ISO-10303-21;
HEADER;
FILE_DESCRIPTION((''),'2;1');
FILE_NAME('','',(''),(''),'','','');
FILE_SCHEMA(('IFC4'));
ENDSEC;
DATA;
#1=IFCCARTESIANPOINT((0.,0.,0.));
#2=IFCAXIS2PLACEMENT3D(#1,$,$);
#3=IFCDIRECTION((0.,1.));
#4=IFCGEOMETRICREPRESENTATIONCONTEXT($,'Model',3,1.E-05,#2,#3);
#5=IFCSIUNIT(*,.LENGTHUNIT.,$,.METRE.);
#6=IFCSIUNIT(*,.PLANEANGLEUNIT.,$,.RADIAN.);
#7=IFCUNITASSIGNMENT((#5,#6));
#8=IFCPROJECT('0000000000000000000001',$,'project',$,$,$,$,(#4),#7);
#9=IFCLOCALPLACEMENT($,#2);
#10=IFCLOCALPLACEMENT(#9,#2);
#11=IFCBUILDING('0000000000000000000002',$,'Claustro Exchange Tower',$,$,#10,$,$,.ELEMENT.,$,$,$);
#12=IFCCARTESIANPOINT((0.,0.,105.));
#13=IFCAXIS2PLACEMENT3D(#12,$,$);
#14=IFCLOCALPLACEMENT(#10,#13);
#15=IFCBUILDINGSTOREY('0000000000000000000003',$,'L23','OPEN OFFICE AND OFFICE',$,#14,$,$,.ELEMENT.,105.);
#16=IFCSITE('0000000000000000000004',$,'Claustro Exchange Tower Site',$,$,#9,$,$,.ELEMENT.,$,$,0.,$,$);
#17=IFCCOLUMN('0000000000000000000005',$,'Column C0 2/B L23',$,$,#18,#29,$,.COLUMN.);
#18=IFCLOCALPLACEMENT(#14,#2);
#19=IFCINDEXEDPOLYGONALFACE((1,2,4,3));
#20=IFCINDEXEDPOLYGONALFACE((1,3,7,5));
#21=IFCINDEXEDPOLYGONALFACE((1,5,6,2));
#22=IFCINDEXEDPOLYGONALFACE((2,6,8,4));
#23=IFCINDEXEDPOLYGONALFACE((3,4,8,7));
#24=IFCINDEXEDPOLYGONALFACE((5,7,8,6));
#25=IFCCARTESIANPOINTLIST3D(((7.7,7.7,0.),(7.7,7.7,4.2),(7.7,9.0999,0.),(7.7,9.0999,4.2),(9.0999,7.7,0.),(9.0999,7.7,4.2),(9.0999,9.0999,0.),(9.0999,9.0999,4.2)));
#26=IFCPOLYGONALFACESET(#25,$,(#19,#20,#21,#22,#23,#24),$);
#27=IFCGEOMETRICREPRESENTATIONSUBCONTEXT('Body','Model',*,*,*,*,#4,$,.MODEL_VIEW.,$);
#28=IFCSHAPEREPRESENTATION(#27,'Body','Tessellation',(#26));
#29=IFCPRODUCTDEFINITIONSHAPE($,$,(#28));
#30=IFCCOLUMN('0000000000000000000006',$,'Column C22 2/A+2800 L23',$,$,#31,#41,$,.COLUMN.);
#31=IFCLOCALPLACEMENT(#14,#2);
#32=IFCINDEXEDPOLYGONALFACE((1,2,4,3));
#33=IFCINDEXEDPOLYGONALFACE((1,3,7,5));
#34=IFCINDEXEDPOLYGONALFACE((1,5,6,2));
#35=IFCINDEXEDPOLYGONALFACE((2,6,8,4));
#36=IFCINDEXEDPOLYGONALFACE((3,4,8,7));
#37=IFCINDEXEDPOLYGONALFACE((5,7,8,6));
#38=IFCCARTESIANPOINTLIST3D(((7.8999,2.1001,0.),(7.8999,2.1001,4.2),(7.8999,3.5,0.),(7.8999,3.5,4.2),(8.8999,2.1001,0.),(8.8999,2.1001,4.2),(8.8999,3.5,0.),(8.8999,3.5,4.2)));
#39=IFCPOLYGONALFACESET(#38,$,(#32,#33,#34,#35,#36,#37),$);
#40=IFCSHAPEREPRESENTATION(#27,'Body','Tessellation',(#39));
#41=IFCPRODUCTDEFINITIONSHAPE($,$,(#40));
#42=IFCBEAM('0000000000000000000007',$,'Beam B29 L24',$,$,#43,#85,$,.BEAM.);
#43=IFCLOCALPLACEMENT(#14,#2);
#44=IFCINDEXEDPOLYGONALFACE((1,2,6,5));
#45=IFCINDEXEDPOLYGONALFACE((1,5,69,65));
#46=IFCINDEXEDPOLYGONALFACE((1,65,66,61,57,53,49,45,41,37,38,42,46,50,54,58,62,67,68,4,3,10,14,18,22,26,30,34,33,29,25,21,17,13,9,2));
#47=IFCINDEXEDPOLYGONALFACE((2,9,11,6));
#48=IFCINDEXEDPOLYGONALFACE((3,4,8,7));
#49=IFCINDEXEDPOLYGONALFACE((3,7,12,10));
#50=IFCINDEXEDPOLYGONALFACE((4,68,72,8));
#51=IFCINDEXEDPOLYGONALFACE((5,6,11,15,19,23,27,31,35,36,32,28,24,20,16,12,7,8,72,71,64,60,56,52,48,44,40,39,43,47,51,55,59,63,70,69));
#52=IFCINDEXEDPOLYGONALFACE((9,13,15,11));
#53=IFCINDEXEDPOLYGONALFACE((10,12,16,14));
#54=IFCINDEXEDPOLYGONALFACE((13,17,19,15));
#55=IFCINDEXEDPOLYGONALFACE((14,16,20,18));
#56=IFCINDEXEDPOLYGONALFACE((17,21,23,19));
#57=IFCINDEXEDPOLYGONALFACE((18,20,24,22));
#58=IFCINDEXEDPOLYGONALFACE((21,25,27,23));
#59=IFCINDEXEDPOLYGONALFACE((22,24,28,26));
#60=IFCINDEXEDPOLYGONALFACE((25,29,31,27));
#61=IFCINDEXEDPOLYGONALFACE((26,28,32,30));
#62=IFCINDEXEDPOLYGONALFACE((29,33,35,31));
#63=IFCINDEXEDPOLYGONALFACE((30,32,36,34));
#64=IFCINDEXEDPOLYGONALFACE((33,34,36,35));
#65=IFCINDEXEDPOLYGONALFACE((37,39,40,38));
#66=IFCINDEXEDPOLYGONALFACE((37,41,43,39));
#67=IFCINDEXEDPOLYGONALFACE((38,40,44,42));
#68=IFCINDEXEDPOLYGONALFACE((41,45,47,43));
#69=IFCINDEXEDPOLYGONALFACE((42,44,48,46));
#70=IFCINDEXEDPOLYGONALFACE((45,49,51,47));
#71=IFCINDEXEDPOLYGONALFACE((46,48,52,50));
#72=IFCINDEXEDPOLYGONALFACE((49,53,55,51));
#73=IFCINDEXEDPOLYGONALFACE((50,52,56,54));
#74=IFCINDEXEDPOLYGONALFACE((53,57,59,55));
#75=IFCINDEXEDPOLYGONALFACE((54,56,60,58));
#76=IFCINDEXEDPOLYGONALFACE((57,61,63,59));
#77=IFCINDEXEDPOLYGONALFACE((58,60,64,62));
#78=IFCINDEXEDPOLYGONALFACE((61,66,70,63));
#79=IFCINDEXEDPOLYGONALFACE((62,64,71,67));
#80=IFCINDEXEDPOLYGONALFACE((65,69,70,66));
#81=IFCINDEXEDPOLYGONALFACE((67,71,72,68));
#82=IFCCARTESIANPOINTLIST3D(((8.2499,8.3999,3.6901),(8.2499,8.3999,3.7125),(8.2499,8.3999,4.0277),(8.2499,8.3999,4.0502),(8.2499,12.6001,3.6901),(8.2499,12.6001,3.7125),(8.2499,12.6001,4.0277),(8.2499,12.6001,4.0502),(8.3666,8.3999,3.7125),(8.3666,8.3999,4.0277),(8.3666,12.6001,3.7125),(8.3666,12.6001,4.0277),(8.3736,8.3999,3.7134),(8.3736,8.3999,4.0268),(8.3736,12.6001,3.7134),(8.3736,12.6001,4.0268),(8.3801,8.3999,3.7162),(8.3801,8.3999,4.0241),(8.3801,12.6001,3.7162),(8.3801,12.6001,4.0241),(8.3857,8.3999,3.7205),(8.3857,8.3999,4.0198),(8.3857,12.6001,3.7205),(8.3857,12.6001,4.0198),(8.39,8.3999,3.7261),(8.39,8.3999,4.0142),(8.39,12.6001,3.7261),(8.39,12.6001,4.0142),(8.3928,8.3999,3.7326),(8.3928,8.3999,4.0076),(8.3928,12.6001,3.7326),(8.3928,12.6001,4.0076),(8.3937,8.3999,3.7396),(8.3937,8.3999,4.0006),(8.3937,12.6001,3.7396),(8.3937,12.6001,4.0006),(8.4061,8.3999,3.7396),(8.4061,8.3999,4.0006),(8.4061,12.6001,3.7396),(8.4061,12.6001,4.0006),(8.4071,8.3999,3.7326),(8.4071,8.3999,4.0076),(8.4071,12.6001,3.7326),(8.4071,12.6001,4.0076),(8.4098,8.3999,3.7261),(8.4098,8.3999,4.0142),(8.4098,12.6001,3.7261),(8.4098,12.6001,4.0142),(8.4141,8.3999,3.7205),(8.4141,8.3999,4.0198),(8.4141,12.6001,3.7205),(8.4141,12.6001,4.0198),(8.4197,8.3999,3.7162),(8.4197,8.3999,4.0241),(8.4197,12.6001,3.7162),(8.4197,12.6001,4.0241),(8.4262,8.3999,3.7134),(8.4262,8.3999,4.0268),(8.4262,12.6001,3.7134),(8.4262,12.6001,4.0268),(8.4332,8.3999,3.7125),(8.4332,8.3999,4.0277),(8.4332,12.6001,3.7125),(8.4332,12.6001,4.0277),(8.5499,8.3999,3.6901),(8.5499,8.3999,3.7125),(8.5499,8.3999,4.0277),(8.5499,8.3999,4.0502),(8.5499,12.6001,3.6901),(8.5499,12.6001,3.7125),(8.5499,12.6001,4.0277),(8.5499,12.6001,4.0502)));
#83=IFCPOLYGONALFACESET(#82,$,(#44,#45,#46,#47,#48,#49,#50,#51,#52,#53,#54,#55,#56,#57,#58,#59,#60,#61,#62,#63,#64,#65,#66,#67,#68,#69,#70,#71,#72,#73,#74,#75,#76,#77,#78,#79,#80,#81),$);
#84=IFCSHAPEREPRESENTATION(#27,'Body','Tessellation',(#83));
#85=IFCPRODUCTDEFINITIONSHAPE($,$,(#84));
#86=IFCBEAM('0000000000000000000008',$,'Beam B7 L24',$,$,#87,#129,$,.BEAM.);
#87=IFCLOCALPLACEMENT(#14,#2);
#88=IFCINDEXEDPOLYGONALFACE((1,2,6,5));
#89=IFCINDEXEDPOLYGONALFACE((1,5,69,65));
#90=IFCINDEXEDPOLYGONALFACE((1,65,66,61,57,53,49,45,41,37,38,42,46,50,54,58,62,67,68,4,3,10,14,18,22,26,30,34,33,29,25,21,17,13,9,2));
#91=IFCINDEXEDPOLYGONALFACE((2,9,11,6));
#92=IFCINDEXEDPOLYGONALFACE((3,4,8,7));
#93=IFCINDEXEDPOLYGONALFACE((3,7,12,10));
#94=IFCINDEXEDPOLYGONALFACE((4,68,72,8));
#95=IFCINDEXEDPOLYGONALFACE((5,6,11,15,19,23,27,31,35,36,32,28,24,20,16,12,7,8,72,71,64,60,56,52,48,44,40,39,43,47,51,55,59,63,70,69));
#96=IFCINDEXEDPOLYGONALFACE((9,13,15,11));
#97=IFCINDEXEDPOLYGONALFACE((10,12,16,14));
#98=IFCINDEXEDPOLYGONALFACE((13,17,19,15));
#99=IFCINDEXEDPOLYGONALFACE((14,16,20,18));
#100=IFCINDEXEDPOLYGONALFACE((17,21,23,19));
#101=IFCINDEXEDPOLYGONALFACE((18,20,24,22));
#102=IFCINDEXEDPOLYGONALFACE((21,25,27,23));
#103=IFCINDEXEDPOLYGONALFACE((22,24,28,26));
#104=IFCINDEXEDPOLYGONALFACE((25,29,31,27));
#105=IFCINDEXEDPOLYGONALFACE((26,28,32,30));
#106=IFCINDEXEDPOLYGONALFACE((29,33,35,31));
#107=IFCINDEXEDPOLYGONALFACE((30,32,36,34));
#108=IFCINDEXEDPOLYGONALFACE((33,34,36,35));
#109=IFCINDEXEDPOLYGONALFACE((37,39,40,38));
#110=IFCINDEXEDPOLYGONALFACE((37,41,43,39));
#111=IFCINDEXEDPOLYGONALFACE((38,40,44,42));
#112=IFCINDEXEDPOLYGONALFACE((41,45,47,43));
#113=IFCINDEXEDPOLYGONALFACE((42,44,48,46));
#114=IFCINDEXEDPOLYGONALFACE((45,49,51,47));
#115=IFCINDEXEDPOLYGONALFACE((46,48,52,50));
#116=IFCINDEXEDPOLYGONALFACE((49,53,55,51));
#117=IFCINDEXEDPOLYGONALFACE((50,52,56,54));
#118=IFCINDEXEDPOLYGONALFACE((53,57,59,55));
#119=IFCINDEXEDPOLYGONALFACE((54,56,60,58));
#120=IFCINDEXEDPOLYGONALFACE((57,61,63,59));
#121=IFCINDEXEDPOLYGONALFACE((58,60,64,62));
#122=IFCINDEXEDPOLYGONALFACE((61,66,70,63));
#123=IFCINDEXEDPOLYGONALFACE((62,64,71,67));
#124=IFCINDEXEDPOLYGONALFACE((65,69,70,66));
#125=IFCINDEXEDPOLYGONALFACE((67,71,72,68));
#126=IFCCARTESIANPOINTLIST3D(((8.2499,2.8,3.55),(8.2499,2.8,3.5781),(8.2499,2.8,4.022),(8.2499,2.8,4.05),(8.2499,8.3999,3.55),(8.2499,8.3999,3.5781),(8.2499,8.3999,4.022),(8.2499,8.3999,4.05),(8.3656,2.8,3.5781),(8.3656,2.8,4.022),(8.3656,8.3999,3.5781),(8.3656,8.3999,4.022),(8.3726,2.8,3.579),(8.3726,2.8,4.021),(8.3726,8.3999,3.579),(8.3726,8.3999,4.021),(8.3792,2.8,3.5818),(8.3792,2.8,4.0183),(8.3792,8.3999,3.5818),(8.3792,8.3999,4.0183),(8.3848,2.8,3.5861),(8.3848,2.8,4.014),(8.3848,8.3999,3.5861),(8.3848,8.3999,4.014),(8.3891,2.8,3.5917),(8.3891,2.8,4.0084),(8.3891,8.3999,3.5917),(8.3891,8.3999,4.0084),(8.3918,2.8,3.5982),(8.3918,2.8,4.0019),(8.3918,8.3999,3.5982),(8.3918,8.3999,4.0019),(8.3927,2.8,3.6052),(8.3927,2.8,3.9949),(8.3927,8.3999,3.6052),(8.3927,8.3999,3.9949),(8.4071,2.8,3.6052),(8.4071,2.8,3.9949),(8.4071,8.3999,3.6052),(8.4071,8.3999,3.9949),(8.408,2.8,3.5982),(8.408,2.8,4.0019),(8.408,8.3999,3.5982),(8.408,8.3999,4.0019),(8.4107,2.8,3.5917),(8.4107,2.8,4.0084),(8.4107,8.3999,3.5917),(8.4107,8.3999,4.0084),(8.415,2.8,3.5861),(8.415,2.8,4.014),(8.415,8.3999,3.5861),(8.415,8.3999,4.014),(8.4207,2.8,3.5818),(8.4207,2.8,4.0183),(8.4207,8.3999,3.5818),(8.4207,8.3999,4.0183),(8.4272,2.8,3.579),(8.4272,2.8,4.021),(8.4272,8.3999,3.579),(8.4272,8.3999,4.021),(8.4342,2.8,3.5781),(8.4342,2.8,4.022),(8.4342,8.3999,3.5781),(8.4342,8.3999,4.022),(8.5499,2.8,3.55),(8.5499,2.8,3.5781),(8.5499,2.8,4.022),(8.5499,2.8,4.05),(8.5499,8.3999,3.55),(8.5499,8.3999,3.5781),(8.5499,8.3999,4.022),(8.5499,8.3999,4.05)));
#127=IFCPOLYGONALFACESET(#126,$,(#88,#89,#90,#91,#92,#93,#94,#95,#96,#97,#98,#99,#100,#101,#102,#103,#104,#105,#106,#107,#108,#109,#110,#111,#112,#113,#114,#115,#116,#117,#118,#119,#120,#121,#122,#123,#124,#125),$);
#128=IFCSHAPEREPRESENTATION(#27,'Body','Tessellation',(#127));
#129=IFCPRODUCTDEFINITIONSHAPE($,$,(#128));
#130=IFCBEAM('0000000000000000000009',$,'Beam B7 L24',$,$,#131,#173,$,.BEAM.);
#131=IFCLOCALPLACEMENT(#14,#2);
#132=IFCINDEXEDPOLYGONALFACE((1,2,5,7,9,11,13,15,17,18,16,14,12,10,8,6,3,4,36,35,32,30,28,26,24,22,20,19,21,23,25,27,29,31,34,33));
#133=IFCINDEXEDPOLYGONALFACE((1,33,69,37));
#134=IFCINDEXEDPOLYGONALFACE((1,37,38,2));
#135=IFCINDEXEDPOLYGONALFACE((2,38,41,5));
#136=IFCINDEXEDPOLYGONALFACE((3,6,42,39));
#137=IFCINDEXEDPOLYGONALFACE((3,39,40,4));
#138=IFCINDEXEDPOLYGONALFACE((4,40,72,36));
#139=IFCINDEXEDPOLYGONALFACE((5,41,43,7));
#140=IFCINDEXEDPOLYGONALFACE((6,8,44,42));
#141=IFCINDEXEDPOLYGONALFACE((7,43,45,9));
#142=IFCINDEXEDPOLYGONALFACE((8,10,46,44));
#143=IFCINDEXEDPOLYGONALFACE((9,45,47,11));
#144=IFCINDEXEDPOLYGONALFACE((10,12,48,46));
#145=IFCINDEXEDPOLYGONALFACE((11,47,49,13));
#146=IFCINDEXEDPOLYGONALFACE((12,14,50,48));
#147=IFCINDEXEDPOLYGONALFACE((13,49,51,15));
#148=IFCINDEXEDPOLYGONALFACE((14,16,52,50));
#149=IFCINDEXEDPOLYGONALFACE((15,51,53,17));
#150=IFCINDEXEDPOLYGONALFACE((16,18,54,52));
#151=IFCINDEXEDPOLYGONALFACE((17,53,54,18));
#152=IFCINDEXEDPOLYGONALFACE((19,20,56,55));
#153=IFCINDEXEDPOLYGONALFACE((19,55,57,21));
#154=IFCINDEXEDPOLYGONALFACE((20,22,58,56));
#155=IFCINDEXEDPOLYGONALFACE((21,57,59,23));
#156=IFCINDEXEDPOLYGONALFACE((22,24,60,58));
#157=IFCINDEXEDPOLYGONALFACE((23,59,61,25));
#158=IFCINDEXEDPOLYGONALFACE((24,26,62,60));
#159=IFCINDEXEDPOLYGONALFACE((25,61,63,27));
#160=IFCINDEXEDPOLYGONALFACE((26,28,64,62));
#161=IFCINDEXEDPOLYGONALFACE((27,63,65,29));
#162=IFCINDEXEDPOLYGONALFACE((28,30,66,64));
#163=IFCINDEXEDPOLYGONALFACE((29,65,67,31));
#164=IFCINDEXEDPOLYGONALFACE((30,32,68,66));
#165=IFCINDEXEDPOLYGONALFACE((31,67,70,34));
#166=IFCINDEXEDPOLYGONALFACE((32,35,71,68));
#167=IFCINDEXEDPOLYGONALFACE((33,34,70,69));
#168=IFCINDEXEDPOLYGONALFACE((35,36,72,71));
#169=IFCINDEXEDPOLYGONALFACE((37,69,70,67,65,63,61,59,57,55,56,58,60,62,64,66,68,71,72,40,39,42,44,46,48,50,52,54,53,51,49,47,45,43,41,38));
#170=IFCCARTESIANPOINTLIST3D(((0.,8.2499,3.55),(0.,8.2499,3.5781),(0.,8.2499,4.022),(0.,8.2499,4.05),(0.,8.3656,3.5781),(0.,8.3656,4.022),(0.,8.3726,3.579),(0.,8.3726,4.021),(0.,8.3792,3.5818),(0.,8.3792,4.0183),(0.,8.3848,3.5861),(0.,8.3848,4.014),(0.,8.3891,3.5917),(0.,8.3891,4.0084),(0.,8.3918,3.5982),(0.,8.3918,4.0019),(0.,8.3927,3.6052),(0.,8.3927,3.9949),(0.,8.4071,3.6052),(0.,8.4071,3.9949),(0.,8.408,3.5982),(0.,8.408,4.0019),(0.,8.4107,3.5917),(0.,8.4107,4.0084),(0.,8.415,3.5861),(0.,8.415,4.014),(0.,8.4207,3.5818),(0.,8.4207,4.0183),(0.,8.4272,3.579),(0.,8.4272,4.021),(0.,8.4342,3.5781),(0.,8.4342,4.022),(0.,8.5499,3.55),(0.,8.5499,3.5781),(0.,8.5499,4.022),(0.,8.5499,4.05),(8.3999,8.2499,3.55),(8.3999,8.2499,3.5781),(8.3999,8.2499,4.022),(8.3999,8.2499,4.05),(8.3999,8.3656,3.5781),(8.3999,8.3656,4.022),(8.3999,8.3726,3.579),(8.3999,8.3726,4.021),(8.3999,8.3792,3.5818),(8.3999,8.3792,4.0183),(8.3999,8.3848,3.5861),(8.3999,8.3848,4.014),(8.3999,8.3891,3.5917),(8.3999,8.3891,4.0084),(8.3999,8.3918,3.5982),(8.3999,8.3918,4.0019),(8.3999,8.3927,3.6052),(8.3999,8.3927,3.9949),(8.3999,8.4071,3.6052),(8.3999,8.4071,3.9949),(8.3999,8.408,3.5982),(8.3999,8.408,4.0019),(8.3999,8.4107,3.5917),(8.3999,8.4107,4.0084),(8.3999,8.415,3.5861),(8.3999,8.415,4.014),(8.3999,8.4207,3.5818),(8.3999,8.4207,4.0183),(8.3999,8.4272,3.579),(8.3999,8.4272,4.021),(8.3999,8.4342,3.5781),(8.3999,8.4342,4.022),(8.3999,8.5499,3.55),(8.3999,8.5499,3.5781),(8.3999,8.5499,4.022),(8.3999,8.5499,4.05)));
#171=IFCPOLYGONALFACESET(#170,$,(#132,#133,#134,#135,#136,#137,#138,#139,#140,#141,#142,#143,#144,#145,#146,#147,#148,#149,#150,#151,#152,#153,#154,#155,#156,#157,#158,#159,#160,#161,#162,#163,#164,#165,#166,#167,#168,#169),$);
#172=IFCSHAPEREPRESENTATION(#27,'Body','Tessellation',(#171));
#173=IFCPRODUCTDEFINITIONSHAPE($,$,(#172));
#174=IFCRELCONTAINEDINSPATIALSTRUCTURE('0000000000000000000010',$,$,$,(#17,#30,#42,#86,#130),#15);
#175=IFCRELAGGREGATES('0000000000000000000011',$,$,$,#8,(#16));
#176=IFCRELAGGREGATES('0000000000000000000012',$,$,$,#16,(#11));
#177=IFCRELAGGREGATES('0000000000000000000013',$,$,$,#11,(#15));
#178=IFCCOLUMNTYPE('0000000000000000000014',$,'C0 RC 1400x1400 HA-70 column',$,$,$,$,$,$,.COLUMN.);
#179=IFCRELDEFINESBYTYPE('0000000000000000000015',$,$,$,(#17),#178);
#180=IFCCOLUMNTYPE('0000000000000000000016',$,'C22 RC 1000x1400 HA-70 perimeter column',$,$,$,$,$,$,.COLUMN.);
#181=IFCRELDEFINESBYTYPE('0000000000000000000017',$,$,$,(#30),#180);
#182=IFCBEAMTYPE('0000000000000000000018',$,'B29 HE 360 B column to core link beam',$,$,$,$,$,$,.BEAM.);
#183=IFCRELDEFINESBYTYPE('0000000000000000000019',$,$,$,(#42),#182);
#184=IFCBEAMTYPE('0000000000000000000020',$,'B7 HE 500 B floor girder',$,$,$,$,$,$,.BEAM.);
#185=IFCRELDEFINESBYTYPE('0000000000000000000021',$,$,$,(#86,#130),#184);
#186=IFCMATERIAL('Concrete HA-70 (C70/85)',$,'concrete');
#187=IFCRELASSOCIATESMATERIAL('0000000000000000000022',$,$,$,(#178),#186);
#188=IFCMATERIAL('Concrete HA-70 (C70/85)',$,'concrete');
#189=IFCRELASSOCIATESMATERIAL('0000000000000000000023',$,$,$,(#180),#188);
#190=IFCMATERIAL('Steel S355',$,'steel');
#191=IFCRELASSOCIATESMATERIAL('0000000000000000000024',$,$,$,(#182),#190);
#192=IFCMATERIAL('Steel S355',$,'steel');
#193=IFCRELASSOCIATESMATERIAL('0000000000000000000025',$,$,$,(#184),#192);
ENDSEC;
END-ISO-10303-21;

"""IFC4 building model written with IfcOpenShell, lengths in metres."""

from ifc_helpers import new_model, si_unit, direction, frame, origin, origin_2d, place, context, subcontext, project, spatial, rectangle, i_section, extrude, material, material_profile, profile_set, type_object, element, save


model = new_model("IFC4")

# Units and contexts
model_context = context("Model", 3, precision=1e-05, world=origin(), true_north=direction((0.0, 1.0)))
body_context = subcontext(model_context, "Body", "Model", "MODEL_VIEW")
ifc_project = project(units=[si_unit("LENGTHUNIT", "METRE"), si_unit("PLANEANGLEUNIT", "RADIAN")], contexts=[model_context])

# Site, building, storey
site_placement = place(None, origin())
site = spatial("IfcSite", under=ifc_project, at=site_placement, Name="Claustro Exchange Tower Site", CompositionType="ELEMENT", RefElevation=0.0)
building_placement = place(site_placement, origin())
building = spatial("IfcBuilding", under=site, at=building_placement, Name="Claustro Exchange Tower", CompositionType="ELEMENT")
storey_placement = place(building_placement, frame((0.0, 0.0, 105.0)))
storey = spatial("IfcBuildingStorey", under=building, at=storey_placement, Name="L23", Description="OPEN OFFICE AND OFFICE", CompositionType="ELEMENT", Elevation=105.0)

# Columns
ifc_material_1 = material(Name="Concrete HA-70 (C70/85)", Category="concrete")
ifc_material_profile_1 = material_profile(ifc_material_1, rectangle(XDim=1.3999, YDim=1.3999, at=origin_2d()), Name="RC 1400x1400")
ifc_profile_set_1 = profile_set([ifc_material_profile_1], Name="Concrete HA-70 (C70/85)")
column_type_1 = type_object("IfcColumnType", Name="C0 RC 1400x1400 HA-70 column", PredefinedType="COLUMN", material=ifc_profile_set_1)
column_1_placement = place(storey_placement, frame((8.3999, 8.3999, 0.0), z_axis=(0.0, 0.0, 1.0), x_axis=(1.0, 0.0, 0.0)))
element("IfcColumn", 1, at=column_1_placement, inside=storey, type_object=column_type_1, Name="Column C0 2/B L23", PredefinedType="COLUMN", context=body_context, shape_type="SweptSolid", body=[
    extrude(rectangle(XDim=1.3999, YDim=1.3999, at=origin_2d()), origin(), (0.0, 0.0, 1.0), 4.2),
])
ifc_material_2 = material(Name="Concrete HA-70 (C70/85)", Category="concrete")
ifc_material_profile_2 = material_profile(ifc_material_2, rectangle(XDim=1.0, YDim=1.3999, at=origin_2d()), Name="RC 1000x1400")
ifc_profile_set_2 = profile_set([ifc_material_profile_2], Name="Concrete HA-70 (C70/85)")
column_type_2 = type_object("IfcColumnType", Name="C22 RC 1000x1400 HA-70 perimeter column", PredefinedType="COLUMN", material=ifc_profile_set_2)
column_2_placement = place(storey_placement, frame((8.3999, 2.8, 0.0), z_axis=(0.0, 0.0, 1.0), x_axis=(1.0, 0.0, 0.0)))
element("IfcColumn", 2, at=column_2_placement, inside=storey, type_object=column_type_2, Name="Column C22 2/A+2800 L23", PredefinedType="COLUMN", context=body_context, shape_type="SweptSolid", body=[
    extrude(rectangle(XDim=1.0, YDim=1.3999, at=origin_2d()), origin(), (0.0, 0.0, 1.0), 4.2),
])

# Beams
ifc_material_3 = material(Name="Steel S355", Category="steel")
ifc_material_profile_3 = material_profile(ifc_material_3, i_section(OverallWidth=0.3, OverallDepth=0.3601, WebThickness=0.0125, FlangeThickness=0.0225, FilletRadius=0.0271, at=origin_2d()), Name="HE 360 B")
ifc_profile_set_3 = profile_set([ifc_material_profile_3], Name="Steel S355")
beam_type_1 = type_object("IfcBeamType", Name="B29 HE 360 B column to core link beam", PredefinedType="BEAM", material=ifc_profile_set_3)
beam_1_placement = place(storey_placement, frame((8.3999, 8.3999, 3.8701), z_axis=(0.0, 1.0, 0.0), x_axis=(-1.0, 0.0, 0.0)))
element("IfcBeam", 3, at=beam_1_placement, inside=storey, type_object=beam_type_1, Name="Beam B29 L24", PredefinedType="BEAM", context=body_context, shape_type="SweptSolid", body=[
    extrude(i_section(OverallWidth=0.3, OverallDepth=0.3601, WebThickness=0.0125, FlangeThickness=0.0225, FilletRadius=0.0271, at=origin_2d()), origin(), (0.0, 0.0, 1.0), 4.2002),
])
ifc_material_4 = material(Name="Steel S355", Category="steel")
ifc_material_profile_4 = material_profile(ifc_material_4, i_section(OverallWidth=0.3, OverallDepth=0.5, WebThickness=0.0144, FlangeThickness=0.0281, FilletRadius=0.0271, at=origin_2d()), Name="HE 500 B")
ifc_profile_set_4 = profile_set([ifc_material_profile_4], Name="Steel S355")
beam_type_2 = type_object("IfcBeamType", Name="B7 HE 500 B floor girder", PredefinedType="BEAM", material=ifc_profile_set_4)
beam_2_placement = place(storey_placement, frame((8.3999, 2.8, 3.8), z_axis=(0.0, 1.0, 0.0), x_axis=(-1.0, 0.0, 0.0)))
element("IfcBeam", 4, at=beam_2_placement, inside=storey, type_object=beam_type_2, Name="Beam B7 L24", PredefinedType="BEAM", context=body_context, shape_type="SweptSolid", body=[
    extrude(i_section(OverallWidth=0.3, OverallDepth=0.5, WebThickness=0.0144, FlangeThickness=0.0281, FilletRadius=0.0271, at=origin_2d()), origin(), (0.0, 0.0, 1.0), 5.5999),
])
beam_3_placement = place(storey_placement, frame((0.0, 8.3999, 3.8), z_axis=(1.0, 0.0, 0.0), x_axis=(0.0, 1.0, 0.0)))
element("IfcBeam", 5, at=beam_3_placement, inside=storey, type_object=beam_type_2, Name="Beam B7 L24", PredefinedType="BEAM", context=body_context, shape_type="SweptSolid", body=[
    extrude(i_section(OverallWidth=0.3, OverallDepth=0.5, WebThickness=0.0144, FlangeThickness=0.0281, FilletRadius=0.0271, at=origin_2d()), origin(), (0.0, 0.0, 1.0), 8.3999),
])

save(model, "model.ifc")
